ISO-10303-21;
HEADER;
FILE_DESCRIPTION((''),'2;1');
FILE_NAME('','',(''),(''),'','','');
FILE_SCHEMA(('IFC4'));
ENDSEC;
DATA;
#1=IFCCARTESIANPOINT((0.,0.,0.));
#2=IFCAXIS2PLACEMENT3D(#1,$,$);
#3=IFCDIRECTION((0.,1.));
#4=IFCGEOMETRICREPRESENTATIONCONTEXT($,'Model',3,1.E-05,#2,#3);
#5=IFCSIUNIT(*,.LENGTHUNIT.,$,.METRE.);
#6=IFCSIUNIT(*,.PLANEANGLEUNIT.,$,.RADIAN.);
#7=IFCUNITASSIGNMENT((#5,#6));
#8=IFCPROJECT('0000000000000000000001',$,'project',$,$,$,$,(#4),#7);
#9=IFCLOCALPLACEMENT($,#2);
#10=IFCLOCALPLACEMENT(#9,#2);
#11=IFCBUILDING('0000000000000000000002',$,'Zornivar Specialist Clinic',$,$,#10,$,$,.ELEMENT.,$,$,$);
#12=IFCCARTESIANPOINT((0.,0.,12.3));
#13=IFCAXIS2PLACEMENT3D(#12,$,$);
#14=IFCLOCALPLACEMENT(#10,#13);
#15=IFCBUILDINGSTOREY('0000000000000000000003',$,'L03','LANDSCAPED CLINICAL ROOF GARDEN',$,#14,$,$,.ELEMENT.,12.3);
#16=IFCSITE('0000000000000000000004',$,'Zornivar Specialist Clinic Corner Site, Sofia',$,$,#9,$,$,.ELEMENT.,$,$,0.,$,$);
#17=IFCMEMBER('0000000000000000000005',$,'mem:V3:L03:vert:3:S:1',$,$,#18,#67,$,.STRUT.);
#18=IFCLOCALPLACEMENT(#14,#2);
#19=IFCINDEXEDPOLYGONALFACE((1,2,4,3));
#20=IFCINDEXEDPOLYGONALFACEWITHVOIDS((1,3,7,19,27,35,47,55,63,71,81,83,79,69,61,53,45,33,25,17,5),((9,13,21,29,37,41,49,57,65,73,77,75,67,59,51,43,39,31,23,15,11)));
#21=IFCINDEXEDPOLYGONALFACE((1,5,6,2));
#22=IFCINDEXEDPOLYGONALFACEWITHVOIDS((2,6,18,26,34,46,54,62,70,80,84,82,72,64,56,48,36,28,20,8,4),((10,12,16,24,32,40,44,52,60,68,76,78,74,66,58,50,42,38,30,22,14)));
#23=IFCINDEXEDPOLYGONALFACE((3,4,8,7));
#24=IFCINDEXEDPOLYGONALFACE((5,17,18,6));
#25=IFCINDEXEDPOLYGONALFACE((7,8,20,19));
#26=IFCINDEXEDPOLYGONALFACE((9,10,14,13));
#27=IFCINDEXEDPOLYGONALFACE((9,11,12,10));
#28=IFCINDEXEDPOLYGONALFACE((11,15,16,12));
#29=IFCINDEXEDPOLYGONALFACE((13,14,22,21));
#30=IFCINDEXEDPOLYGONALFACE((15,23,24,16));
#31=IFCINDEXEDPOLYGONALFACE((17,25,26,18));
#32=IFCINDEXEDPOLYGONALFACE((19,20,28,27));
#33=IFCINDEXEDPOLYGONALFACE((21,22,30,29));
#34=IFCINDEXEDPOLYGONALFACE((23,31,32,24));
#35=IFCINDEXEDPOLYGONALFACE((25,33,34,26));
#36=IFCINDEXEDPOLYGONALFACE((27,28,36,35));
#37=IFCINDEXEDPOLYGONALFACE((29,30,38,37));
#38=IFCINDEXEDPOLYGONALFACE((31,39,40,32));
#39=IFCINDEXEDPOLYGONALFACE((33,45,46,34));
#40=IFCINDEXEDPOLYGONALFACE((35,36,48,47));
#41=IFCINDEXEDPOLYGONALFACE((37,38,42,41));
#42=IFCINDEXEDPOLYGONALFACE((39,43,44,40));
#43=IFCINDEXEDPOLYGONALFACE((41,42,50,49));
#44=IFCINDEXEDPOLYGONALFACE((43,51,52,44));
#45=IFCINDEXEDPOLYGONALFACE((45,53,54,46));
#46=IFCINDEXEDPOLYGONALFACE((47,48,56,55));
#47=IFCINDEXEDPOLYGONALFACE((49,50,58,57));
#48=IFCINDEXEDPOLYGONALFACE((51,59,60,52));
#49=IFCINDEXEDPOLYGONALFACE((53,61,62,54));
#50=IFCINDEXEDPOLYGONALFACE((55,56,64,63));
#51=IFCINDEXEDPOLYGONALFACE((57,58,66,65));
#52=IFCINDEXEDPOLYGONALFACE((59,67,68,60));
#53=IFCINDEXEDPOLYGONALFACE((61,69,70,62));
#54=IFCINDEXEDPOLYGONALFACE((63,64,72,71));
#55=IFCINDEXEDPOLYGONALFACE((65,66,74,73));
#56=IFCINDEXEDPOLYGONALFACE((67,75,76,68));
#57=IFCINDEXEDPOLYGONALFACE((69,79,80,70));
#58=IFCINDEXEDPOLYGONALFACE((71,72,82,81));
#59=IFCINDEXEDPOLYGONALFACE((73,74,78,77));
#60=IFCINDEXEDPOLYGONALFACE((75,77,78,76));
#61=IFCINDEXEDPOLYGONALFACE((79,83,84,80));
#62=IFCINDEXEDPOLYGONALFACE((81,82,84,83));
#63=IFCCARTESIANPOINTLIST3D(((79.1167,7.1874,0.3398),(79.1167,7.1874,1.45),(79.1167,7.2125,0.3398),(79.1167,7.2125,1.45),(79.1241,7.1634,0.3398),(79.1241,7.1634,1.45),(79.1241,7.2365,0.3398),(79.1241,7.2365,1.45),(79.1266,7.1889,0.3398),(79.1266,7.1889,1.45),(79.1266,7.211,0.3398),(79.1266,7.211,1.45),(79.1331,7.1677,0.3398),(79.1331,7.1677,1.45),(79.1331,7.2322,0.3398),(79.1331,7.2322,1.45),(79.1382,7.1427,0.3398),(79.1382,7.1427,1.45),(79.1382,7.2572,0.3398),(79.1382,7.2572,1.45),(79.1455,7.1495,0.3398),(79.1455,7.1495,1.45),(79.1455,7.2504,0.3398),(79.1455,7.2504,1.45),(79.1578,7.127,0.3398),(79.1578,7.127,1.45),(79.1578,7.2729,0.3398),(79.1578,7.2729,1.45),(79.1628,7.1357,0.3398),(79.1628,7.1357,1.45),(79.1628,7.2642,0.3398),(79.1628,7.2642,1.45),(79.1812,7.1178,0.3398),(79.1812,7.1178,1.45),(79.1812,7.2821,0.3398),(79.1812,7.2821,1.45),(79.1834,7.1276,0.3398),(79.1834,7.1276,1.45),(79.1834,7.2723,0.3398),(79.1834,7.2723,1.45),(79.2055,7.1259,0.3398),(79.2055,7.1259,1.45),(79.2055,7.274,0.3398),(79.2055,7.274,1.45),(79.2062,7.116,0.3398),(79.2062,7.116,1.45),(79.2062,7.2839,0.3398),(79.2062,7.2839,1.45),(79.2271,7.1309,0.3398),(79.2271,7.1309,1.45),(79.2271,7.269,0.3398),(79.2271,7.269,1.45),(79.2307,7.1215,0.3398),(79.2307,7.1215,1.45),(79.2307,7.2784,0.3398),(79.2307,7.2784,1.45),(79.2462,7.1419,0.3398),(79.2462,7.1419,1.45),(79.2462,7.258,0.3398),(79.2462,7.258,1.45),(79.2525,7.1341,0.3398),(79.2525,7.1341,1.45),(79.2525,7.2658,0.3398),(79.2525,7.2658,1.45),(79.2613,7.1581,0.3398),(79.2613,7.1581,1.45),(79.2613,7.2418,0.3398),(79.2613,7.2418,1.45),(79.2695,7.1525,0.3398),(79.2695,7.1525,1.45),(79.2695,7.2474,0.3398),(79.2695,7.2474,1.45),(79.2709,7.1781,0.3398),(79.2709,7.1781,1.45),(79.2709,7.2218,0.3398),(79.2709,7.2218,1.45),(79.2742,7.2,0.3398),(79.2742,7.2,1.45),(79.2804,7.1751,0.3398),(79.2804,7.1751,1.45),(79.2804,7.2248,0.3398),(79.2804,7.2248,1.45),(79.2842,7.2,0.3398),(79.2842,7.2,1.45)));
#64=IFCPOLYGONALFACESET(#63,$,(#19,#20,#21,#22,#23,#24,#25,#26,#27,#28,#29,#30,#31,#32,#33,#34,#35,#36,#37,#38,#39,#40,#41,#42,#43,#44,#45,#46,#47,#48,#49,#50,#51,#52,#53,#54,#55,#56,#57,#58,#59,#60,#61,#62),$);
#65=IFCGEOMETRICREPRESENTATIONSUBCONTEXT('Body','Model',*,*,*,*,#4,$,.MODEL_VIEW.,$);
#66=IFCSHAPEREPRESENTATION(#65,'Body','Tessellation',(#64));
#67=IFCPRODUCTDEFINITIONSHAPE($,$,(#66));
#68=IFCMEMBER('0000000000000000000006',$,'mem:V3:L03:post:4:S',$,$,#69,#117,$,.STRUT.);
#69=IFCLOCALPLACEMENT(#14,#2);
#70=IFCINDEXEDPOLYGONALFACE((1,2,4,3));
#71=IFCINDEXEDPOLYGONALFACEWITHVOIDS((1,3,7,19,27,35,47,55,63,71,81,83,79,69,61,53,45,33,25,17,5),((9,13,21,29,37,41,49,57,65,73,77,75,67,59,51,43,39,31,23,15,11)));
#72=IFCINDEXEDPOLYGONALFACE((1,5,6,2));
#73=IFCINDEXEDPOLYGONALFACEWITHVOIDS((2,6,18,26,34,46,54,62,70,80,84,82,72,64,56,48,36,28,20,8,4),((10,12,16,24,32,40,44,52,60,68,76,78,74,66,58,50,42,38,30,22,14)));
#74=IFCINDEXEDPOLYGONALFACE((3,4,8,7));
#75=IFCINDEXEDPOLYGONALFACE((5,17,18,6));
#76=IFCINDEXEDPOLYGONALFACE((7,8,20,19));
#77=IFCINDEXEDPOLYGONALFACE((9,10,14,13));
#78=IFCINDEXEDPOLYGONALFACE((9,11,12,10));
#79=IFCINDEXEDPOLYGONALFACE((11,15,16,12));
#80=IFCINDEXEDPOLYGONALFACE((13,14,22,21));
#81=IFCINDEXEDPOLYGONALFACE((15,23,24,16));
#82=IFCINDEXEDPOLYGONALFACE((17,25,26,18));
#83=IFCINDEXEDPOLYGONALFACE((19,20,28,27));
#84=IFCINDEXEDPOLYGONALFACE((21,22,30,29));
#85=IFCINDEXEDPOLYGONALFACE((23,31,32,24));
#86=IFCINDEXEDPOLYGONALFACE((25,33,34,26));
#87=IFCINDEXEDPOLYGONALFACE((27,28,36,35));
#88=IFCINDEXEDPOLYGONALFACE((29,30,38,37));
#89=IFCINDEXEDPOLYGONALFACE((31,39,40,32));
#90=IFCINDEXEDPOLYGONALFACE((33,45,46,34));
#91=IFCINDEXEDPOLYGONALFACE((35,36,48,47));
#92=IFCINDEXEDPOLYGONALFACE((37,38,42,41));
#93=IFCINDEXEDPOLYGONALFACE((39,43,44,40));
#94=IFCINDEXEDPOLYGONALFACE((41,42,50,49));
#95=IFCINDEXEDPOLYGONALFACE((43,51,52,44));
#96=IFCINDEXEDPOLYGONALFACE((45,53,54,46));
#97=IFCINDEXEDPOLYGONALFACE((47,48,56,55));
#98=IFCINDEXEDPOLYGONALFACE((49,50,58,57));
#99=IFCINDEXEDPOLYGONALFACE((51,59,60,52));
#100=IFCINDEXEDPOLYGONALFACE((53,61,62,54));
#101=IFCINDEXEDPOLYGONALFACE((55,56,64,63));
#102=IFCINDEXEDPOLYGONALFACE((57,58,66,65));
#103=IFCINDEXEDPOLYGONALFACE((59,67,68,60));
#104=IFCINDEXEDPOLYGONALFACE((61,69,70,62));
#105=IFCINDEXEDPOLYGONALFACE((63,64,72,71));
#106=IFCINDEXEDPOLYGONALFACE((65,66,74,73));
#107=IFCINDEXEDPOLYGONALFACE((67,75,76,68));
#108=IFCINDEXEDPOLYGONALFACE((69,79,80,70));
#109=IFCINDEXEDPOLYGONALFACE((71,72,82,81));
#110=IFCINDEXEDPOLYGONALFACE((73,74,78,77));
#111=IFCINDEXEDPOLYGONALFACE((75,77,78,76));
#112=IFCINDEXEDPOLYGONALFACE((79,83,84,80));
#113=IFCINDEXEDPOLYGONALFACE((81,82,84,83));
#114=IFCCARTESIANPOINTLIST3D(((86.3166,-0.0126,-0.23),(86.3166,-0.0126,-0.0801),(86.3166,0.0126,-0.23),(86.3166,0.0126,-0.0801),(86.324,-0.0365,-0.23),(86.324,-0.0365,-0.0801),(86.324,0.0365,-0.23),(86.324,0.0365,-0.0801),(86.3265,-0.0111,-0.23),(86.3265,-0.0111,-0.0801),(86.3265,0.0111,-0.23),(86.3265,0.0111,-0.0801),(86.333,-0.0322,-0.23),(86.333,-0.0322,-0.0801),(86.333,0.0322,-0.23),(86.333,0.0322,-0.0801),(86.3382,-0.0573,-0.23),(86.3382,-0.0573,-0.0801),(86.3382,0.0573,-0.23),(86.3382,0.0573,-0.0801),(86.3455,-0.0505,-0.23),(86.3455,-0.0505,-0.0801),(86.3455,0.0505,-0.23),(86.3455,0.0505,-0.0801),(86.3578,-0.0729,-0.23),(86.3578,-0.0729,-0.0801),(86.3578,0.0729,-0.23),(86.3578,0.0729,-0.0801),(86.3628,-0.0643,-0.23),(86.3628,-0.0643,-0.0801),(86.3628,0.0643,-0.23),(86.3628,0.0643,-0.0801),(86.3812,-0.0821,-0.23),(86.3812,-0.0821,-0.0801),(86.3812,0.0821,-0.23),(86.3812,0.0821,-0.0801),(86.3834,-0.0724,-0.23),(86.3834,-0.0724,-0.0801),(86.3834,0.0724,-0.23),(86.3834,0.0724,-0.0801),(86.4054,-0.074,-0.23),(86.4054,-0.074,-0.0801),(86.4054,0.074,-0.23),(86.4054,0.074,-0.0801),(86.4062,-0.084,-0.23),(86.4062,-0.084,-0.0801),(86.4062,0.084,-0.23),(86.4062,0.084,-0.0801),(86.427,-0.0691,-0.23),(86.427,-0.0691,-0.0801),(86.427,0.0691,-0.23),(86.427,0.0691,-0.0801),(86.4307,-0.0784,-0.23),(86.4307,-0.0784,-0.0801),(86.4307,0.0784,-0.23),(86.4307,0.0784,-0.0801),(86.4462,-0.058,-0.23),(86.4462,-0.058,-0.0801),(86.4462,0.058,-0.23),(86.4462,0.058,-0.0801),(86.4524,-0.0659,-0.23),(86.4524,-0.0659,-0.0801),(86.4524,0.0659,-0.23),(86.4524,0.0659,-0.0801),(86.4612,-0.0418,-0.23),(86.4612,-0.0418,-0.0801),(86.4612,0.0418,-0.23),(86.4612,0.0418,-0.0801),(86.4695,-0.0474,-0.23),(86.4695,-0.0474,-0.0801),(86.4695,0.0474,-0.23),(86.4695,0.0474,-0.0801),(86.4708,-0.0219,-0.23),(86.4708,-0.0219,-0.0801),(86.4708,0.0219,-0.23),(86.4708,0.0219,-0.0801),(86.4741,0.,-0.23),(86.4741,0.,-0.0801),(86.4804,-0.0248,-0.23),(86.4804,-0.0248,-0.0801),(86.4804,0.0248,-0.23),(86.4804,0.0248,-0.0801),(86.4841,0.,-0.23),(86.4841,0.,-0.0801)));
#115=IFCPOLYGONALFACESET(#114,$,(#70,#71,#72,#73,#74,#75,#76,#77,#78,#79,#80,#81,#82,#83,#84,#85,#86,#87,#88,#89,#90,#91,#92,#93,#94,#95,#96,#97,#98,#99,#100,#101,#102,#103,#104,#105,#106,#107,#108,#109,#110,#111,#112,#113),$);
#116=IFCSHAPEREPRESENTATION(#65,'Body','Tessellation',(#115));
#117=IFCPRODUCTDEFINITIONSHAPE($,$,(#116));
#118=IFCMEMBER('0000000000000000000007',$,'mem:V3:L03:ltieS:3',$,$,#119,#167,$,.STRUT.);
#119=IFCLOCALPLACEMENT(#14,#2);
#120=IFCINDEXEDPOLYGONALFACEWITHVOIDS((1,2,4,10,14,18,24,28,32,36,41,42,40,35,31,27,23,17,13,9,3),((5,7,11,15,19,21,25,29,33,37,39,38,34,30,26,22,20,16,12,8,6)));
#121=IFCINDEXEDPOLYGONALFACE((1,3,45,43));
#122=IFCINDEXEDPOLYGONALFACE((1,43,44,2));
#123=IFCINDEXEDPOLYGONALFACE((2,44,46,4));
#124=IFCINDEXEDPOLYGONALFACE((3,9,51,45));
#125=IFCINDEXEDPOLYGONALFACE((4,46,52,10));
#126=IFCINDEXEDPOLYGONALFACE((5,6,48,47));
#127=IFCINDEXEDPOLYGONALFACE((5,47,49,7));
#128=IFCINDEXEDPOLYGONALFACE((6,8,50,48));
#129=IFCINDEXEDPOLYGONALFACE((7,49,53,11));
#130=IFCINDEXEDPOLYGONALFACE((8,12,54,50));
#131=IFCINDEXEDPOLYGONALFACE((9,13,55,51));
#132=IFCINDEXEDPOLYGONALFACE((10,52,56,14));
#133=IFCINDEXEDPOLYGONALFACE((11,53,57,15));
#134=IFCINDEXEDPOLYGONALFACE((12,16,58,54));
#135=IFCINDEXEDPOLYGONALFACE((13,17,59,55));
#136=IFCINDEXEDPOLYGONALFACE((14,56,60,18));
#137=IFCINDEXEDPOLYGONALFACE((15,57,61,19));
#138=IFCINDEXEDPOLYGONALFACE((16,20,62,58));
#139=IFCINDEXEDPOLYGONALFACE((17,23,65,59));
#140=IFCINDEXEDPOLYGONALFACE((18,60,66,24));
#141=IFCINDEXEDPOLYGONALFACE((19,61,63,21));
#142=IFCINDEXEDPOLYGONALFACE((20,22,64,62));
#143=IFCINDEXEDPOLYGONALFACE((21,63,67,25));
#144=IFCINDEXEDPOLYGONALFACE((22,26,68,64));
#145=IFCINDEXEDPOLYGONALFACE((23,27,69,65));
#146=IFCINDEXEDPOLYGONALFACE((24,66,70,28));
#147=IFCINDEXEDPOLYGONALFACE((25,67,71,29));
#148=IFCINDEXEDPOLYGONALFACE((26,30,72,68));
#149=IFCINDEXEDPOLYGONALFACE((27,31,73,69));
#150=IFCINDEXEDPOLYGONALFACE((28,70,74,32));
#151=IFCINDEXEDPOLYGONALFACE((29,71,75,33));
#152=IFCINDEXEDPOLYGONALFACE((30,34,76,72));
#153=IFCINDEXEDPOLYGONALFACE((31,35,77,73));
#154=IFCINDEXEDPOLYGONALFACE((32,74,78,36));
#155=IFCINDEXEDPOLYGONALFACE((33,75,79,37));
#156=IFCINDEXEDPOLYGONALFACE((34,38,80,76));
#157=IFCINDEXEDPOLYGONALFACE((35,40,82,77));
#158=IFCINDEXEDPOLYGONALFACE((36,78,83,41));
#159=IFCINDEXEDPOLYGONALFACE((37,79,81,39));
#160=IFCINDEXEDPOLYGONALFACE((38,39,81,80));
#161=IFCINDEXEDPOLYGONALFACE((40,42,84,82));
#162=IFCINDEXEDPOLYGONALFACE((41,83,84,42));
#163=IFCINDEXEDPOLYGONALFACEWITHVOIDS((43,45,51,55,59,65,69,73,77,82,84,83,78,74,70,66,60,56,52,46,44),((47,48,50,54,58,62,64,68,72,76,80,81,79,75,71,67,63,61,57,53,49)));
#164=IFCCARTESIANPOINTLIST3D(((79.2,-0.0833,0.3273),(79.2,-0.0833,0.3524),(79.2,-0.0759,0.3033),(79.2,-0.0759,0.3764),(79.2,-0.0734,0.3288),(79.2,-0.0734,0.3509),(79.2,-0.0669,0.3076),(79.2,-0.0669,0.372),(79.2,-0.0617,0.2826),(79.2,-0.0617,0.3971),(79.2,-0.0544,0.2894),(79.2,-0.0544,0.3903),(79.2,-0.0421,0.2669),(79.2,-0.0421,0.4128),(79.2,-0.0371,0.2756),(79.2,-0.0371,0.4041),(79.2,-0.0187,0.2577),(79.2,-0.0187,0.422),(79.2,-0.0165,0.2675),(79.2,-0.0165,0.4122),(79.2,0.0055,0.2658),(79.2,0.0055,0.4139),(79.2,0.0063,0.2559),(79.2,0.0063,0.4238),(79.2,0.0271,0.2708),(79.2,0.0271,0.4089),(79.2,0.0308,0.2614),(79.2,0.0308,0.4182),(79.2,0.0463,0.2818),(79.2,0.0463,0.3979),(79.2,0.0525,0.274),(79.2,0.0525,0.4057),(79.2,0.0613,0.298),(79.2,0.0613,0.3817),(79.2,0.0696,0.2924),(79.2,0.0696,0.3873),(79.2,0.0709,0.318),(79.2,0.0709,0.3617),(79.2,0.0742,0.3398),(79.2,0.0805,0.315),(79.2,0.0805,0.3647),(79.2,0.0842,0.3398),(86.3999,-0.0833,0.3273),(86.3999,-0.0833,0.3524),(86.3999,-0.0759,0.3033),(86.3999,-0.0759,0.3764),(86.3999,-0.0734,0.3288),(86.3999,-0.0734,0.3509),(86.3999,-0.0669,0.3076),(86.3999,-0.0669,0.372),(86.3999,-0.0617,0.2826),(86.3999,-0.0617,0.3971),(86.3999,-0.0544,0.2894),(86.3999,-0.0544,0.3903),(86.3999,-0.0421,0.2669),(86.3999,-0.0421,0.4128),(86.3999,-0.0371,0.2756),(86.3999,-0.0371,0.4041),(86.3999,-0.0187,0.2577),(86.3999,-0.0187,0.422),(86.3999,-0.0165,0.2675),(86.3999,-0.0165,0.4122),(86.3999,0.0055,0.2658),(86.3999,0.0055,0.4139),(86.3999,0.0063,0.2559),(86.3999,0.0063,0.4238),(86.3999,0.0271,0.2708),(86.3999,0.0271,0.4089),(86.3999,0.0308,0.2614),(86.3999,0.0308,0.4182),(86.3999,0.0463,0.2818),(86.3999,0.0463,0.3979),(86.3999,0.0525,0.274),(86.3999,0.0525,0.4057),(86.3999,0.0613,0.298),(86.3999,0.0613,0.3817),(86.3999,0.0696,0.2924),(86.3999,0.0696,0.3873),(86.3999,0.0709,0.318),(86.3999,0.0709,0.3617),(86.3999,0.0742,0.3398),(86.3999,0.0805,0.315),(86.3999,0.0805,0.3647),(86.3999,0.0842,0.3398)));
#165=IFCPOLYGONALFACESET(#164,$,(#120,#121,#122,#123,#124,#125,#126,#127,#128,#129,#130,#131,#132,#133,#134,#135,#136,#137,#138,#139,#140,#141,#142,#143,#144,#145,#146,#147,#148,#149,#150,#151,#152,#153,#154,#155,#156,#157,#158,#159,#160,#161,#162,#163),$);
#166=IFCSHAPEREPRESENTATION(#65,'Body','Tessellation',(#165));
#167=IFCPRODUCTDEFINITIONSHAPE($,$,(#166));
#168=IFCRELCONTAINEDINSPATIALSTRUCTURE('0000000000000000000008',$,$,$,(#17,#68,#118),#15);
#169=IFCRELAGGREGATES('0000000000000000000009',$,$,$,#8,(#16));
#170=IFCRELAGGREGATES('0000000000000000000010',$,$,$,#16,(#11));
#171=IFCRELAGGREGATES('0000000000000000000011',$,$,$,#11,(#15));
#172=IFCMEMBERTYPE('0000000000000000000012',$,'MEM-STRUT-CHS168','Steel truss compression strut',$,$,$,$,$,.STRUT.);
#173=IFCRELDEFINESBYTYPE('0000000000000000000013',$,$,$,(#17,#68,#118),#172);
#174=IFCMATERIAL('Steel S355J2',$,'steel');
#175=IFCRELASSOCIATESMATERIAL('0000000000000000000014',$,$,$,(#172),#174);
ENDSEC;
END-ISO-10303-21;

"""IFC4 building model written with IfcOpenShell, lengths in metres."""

from ifc_helpers import new_model, si_unit, direction, frame, origin, origin_2d, place, context, subcontext, project, spatial, hollow_circle, extrude, material, material_profile, profile_set, type_object, element, save


model = new_model("IFC4")

# Units and contexts
model_context = context("Model", 3, precision=1e-05, world=origin(), true_north=direction((0.0, 1.0)))
body_context = subcontext(model_context, "Body", "Model", "MODEL_VIEW")
ifc_project = project(units=[si_unit("LENGTHUNIT", "METRE"), si_unit("PLANEANGLEUNIT", "RADIAN")], contexts=[model_context])

# Site, building, storey
site_placement = place(None, origin())
site = spatial("IfcSite", under=ifc_project, at=site_placement, Name="Zornivar Specialist Clinic Corner Site, Sofia", CompositionType="ELEMENT", RefElevation=0.0)
building_placement = place(site_placement, origin())
building = spatial("IfcBuilding", under=site, at=building_placement, Name="Zornivar Specialist Clinic", CompositionType="ELEMENT")
storey_placement = place(building_placement, frame((0.0, 0.0, 12.3)))
storey = spatial("IfcBuildingStorey", under=building, at=storey_placement, Name="L03", Description="LANDSCAPED CLINICAL ROOF GARDEN", CompositionType="ELEMENT", Elevation=12.3)

# Members
ifc_material_1 = material(Name="Steel S355J2", Category="steel")
ifc_material_profile_1 = material_profile(ifc_material_1, hollow_circle(Radius=0.0842, WallThickness=0.01, at=origin_2d()), Name="CHS 168.3x10")
ifc_profile_set_1 = profile_set([ifc_material_profile_1], Name="Steel S355J2")
member_type_1 = type_object("IfcMemberType", Name="MEM-STRUT-CHS168", Description="Steel truss compression strut", PredefinedType="STRUT", material=ifc_profile_set_1)
member_1_placement = place(storey_placement, frame((79.2, 7.2, 0.3398), z_axis=(0.0, 0.0, 1.0), x_axis=(1.0, 0.0, 0.0)))
element("IfcMember", 1, at=member_1_placement, inside=storey, type_object=member_type_1, Name="mem:V3:L03:vert:3:S:1", PredefinedType="STRUT", context=body_context, shape_type="SweptSolid", body=[
    extrude(hollow_circle(Radius=0.0842, WallThickness=0.01, at=origin_2d()), origin(), (0.0, 0.0, 1.0), 1.1101),
])
member_2_placement = place(storey_placement, frame((86.3999, 0.0, -0.0801), z_axis=(0.0, 0.0, -1.0), x_axis=(1.0, 0.0, 0.0)))
element("IfcMember", 2, at=member_2_placement, inside=storey, type_object=member_type_1, Name="mem:V3:L03:post:4:S", PredefinedType="STRUT", context=body_context, shape_type="SweptSolid", body=[
    extrude(hollow_circle(Radius=0.0842, WallThickness=0.01, at=origin_2d()), origin(), (0.0, 0.0, 1.0), 0.1499),
])
member_3_placement = place(storey_placement, frame((79.2, 0.0, 0.3398), z_axis=(1.0, 0.0, 0.0), x_axis=(0.0, 1.0, 0.0)))
element("IfcMember", 3, at=member_3_placement, inside=storey, type_object=member_type_1, Name="mem:V3:L03:ltieS:3", PredefinedType="STRUT", context=body_context, shape_type="SweptSolid", body=[
    extrude(hollow_circle(Radius=0.0842, WallThickness=0.01, at=origin_2d()), origin(), (0.0, 0.0, 1.0), 7.2),
])

save(model, "model.ifc")
